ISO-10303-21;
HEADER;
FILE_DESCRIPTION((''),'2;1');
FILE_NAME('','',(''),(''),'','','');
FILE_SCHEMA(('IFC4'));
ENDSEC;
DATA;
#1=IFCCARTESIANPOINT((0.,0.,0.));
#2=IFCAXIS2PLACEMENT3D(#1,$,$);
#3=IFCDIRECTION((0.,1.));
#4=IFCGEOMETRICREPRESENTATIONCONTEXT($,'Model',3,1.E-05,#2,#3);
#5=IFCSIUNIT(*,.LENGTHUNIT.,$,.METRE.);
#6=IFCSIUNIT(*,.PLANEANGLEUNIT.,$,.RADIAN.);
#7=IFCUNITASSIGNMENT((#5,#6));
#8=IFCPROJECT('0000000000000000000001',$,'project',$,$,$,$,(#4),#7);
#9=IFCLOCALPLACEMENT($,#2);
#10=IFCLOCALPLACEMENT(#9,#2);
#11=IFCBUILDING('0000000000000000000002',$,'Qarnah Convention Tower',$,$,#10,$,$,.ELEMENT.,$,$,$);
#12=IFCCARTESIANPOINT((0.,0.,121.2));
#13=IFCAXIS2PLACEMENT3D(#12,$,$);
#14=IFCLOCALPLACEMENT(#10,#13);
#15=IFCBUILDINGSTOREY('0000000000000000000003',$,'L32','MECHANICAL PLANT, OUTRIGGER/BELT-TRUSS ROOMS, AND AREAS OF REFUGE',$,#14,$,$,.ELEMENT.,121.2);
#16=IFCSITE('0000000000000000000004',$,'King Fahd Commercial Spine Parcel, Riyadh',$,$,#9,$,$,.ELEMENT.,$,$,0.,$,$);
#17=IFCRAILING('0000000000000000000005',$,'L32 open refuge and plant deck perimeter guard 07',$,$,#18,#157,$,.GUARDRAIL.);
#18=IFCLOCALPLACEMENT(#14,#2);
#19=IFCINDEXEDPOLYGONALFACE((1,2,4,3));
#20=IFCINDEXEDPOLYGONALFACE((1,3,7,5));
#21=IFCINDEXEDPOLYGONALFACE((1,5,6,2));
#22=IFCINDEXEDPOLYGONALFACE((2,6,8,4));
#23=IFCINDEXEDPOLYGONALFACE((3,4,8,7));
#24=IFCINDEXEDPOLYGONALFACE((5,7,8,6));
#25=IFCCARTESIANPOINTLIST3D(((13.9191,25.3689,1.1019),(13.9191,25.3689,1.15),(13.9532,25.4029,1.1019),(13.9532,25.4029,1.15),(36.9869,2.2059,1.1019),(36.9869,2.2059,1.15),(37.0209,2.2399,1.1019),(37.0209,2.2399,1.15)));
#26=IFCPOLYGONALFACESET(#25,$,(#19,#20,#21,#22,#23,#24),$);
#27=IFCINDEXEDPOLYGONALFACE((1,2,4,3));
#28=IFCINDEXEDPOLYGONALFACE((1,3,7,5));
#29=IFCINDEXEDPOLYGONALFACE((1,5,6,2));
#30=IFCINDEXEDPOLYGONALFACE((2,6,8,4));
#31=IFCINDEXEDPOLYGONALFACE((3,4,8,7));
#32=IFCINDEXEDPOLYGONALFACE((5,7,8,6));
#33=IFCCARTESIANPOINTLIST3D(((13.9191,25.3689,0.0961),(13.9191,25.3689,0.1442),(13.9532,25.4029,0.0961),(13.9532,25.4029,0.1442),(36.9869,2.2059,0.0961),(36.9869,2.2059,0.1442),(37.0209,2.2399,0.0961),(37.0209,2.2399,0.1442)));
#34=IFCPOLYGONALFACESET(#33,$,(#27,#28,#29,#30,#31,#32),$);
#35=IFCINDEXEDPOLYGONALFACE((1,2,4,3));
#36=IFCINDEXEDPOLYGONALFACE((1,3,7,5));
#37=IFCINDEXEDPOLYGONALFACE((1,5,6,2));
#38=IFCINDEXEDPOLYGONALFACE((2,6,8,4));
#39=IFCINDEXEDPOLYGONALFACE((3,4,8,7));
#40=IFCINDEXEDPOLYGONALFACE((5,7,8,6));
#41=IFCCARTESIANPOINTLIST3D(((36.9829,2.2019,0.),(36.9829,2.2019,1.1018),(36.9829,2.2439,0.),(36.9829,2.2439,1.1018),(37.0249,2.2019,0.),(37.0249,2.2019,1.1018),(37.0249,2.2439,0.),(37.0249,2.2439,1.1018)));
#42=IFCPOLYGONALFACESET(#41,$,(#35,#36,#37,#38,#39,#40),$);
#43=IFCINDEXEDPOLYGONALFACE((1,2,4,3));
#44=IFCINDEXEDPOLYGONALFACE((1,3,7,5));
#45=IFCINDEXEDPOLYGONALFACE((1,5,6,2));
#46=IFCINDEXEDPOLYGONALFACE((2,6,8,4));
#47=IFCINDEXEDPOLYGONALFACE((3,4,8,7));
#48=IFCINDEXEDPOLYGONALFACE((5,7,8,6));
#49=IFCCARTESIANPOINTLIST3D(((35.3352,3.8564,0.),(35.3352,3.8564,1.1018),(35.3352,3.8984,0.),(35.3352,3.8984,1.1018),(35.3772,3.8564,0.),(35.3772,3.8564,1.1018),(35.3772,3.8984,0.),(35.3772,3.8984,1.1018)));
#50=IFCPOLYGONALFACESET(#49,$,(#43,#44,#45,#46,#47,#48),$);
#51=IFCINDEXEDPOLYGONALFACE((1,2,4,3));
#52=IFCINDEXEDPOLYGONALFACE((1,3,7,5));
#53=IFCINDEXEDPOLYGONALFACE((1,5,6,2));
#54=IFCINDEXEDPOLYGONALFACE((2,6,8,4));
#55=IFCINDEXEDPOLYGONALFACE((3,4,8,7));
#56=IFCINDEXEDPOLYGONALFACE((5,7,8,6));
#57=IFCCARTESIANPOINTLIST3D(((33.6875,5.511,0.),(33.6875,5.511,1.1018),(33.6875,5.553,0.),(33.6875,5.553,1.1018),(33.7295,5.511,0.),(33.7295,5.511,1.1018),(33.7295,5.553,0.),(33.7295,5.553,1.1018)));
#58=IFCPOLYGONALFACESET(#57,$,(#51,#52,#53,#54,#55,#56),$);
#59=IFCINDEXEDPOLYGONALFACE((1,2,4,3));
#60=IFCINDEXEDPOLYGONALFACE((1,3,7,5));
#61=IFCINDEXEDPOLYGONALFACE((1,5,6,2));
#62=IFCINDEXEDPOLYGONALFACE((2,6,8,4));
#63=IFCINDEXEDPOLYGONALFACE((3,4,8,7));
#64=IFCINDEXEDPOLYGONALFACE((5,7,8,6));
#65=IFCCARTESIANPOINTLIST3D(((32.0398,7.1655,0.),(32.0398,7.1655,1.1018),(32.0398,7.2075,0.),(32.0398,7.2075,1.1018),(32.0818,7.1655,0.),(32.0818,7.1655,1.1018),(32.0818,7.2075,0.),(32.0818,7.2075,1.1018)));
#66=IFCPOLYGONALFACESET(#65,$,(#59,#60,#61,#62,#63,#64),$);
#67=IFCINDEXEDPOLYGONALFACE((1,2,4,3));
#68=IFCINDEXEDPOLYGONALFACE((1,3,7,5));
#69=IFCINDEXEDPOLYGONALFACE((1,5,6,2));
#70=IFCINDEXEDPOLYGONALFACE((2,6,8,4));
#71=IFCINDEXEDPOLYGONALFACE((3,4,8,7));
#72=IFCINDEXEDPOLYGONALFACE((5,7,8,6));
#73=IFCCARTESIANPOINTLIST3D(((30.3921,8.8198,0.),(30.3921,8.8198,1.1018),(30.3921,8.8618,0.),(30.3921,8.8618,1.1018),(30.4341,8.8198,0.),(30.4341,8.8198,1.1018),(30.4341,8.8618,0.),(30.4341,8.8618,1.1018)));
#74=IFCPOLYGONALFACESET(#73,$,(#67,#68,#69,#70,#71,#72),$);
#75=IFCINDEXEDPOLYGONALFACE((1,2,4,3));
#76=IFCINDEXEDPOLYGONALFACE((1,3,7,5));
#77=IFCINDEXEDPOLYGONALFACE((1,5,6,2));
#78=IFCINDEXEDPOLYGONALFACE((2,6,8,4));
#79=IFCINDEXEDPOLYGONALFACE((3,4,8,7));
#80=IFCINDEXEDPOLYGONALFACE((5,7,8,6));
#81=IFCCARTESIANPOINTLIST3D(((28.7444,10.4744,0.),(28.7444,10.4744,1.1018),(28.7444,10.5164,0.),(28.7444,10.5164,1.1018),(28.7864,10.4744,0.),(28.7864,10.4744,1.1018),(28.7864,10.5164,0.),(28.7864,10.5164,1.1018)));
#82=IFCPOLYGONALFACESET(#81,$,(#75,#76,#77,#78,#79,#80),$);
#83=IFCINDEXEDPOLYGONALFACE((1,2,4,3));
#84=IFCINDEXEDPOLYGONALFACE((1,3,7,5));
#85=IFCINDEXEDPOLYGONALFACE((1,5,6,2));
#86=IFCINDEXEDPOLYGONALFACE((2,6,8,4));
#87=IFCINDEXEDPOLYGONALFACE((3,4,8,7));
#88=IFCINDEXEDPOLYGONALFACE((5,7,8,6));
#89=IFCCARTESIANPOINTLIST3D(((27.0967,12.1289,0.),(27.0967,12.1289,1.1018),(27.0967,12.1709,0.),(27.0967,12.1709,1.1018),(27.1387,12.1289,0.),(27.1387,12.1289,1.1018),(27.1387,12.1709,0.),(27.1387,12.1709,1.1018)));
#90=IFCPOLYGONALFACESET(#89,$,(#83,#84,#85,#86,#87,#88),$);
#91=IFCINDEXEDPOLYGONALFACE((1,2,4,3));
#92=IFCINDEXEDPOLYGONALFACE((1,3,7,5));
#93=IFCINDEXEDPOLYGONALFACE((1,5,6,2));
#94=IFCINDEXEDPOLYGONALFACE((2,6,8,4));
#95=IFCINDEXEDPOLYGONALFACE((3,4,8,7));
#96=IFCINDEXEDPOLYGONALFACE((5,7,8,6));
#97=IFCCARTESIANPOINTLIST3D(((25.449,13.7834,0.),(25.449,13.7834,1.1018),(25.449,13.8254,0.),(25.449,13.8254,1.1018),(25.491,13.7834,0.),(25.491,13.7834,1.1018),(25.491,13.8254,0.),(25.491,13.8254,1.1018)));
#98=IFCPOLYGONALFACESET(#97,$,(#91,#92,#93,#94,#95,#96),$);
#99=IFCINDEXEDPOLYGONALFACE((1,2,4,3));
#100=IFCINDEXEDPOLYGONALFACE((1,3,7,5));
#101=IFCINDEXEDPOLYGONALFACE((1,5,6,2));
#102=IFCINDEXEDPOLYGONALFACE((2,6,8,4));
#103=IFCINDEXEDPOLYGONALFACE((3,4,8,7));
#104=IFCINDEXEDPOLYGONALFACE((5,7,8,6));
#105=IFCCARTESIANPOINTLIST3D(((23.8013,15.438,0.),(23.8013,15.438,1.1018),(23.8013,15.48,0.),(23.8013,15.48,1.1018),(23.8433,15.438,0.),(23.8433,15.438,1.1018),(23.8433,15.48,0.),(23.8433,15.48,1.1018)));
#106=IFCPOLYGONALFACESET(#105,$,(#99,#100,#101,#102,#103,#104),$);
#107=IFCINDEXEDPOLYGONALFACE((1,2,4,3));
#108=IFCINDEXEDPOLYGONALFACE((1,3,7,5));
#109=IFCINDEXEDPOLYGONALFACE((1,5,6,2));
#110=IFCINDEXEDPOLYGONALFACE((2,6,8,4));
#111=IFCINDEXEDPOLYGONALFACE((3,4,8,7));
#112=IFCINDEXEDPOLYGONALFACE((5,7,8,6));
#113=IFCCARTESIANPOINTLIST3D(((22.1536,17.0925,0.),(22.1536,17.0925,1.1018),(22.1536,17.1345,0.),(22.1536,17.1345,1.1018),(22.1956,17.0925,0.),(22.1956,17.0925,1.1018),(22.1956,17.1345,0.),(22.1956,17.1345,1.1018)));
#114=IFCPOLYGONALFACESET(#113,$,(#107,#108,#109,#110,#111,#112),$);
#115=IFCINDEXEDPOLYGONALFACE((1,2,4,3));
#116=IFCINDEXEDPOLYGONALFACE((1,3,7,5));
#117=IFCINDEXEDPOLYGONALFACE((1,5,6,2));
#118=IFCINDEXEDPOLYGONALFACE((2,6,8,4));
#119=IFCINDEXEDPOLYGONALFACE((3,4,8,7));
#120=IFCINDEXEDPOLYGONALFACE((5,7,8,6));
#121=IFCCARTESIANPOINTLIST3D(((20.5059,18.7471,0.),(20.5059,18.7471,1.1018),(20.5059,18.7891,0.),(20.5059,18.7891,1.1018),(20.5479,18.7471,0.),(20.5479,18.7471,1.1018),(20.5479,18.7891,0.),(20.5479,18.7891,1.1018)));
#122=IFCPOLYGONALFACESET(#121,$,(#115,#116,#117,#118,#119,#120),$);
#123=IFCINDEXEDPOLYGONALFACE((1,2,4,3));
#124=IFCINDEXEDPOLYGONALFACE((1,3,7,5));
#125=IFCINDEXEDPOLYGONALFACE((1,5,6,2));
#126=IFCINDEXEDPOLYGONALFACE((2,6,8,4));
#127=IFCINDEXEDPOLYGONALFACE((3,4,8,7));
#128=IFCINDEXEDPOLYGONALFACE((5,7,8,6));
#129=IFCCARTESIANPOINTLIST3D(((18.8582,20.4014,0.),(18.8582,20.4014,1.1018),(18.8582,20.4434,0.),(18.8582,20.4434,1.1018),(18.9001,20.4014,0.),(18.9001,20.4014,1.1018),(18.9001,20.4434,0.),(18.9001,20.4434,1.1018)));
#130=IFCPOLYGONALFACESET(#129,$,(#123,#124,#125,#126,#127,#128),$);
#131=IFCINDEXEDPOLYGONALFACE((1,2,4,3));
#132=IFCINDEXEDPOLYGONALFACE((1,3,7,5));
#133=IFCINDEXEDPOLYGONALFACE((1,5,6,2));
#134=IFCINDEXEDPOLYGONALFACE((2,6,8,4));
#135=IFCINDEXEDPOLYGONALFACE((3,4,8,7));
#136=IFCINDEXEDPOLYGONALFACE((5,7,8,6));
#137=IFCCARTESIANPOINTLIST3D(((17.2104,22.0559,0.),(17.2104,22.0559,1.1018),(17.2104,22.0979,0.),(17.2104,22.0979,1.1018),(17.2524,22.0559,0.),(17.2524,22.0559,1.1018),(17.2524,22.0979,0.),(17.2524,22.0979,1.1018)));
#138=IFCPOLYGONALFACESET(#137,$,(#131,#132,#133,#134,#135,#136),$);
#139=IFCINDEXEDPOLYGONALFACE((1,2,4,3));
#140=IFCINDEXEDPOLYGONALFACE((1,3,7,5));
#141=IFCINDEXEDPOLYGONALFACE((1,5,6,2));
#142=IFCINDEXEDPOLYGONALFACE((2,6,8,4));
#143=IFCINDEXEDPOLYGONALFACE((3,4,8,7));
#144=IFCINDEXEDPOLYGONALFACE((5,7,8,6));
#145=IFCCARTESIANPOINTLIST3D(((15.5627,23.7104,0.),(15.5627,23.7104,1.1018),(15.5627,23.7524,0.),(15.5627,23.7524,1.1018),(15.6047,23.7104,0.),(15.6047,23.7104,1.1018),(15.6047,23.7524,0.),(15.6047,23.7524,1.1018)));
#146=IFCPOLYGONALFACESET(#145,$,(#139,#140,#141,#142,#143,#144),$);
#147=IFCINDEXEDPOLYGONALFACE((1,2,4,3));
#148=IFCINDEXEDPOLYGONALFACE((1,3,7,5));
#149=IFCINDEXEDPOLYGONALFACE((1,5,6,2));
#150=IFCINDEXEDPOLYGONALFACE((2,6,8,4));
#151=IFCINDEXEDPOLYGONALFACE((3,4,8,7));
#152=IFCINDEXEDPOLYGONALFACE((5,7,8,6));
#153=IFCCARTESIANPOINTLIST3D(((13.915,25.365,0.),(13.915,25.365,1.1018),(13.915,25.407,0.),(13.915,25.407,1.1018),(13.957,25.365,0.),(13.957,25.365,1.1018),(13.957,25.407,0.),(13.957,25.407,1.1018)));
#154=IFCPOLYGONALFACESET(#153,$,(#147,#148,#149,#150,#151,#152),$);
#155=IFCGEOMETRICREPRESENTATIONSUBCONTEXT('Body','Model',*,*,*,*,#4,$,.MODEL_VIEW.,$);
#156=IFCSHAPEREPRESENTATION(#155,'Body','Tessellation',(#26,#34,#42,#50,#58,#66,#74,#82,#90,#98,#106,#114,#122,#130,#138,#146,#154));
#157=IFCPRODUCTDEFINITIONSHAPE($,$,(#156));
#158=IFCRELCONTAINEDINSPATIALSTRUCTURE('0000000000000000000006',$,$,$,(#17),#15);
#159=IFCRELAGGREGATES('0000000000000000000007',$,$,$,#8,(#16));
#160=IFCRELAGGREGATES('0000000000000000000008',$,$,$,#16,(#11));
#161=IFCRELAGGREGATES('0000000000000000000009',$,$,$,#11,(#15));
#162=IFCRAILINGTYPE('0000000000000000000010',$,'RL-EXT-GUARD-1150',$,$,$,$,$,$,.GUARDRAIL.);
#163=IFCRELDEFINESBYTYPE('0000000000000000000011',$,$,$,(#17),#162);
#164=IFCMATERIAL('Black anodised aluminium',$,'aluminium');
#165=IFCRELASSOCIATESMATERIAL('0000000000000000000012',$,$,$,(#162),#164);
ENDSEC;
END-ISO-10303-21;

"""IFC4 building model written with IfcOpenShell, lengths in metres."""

from ifc_helpers import new_model, si_unit, direction, frame, origin, origin_2d, place, context, subcontext, project, spatial, rectangle, extrude, material, type_object, element, save


model = new_model("IFC4")

# Units and contexts
model_context = context("Model", 3, precision=1e-05, world=origin(), true_north=direction((0.0, 1.0)))
body_context = subcontext(model_context, "Body", "Model", "MODEL_VIEW")
ifc_project = project(units=[si_unit("LENGTHUNIT", "METRE"), si_unit("PLANEANGLEUNIT", "RADIAN")], contexts=[model_context])

# Site, building, storey
site_placement = place(None, origin())
site = spatial("IfcSite", under=ifc_project, at=site_placement, Name="King Fahd Commercial Spine Parcel, Riyadh", CompositionType="ELEMENT", RefElevation=0.0)
building_placement = place(site_placement, origin())
building = spatial("IfcBuilding", under=site, at=building_placement, Name="Qarnah Convention Tower", CompositionType="ELEMENT")
storey_placement = place(building_placement, frame((0.0, 0.0, 121.2)))
storey = spatial("IfcBuildingStorey", under=building, at=storey_placement, Name="L32", Description="MECHANICAL PLANT, OUTRIGGER/BELT-TRUSS ROOMS, AND AREAS OF REFUGE", CompositionType="ELEMENT", Elevation=121.2)

# Railing
ifc_material_1 = material(Name="Black anodised aluminium", Category="aluminium")
railing_type = type_object("IfcRailingType", Name="RL-EXT-GUARD-1150", PredefinedType="GUARDRAIL", material=ifc_material_1)
railing_1_placement = place(storey_placement, frame((37.0039, 2.2229, 0.0)))
element("IfcRailing", 1, at=railing_1_placement, inside=storey, type_object=railing_type, Name="L32 open refuge and plant deck perimeter guard 07", PredefinedType="GUARDRAIL", context=body_context, shape_type="SweptSolid", body=[
    extrude(rectangle(XDim=0.0481, YDim=0.0481, at=origin_2d()), frame((0.0, 0.0, 1.126), z_axis=(-0.705649, 0.708562, 0.0), x_axis=(-0.708562, -0.705649, 0.0)), (0.0, 0.0, 1.0), 32.6902),
    extrude(rectangle(XDim=0.0481, YDim=0.0481, at=origin_2d()), frame((0.0, 0.0, 0.1201), z_axis=(-0.705649, 0.708562, 0.0), x_axis=(-0.708562, -0.705649, 0.0)), (0.0, 0.0, 1.0), 32.6902),
    extrude(rectangle(XDim=0.042, YDim=0.042, at=origin_2d()), origin(), (0.0, 0.0, 1.0), 1.1018),
    extrude(rectangle(XDim=0.042, YDim=0.042, at=origin_2d()), frame((-1.6477, 1.6545, 0.0)), (0.0, 0.0, 1.0), 1.1018),
    extrude(rectangle(XDim=0.042, YDim=0.042, at=origin_2d()), frame((-3.2954, 3.3091, 0.0)), (0.0, 0.0, 1.0), 1.1018),
    extrude(rectangle(XDim=0.042, YDim=0.042, at=origin_2d()), frame((-4.9431, 4.9636, 0.0)), (0.0, 0.0, 1.0), 1.1018),
    extrude(rectangle(XDim=0.042, YDim=0.042, at=origin_2d()), frame((-6.5908, 6.6179, 0.0)), (0.0, 0.0, 1.0), 1.1018),
    extrude(rectangle(XDim=0.042, YDim=0.042, at=origin_2d()), frame((-8.2385, 8.2725, 0.0)), (0.0, 0.0, 1.0), 1.1018),
    extrude(rectangle(XDim=0.042, YDim=0.042, at=origin_2d()), frame((-9.8862, 9.927, 0.0)), (0.0, 0.0, 1.0), 1.1018),
    extrude(rectangle(XDim=0.042, YDim=0.042, at=origin_2d()), frame((-11.5339, 11.5815, 0.0)), (0.0, 0.0, 1.0), 1.1018),
    extrude(rectangle(XDim=0.042, YDim=0.042, at=origin_2d()), frame((-13.1816, 13.2361, 0.0)), (0.0, 0.0, 1.0), 1.1018),
    extrude(rectangle(XDim=0.042, YDim=0.042, at=origin_2d()), frame((-14.8293, 14.8906, 0.0)), (0.0, 0.0, 1.0), 1.1018),
    extrude(rectangle(XDim=0.042, YDim=0.042, at=origin_2d()), frame((-16.4771, 16.5452, 0.0)), (0.0, 0.0, 1.0), 1.1018),
    extrude(rectangle(XDim=0.042, YDim=0.042, at=origin_2d()), frame((-18.1248, 18.1995, 0.0)), (0.0, 0.0, 1.0), 1.1018),
    extrude(rectangle(XDim=0.042, YDim=0.042, at=origin_2d()), frame((-19.7725, 19.854, 0.0)), (0.0, 0.0, 1.0), 1.1018),
    extrude(rectangle(XDim=0.042, YDim=0.042, at=origin_2d()), frame((-21.4202, 21.5085, 0.0)), (0.0, 0.0, 1.0), 1.1018),
    extrude(rectangle(XDim=0.042, YDim=0.042, at=origin_2d()), frame((-23.0679, 23.1631, 0.0)), (0.0, 0.0, 1.0), 1.1018),
])

save(model, "model.ifc")
